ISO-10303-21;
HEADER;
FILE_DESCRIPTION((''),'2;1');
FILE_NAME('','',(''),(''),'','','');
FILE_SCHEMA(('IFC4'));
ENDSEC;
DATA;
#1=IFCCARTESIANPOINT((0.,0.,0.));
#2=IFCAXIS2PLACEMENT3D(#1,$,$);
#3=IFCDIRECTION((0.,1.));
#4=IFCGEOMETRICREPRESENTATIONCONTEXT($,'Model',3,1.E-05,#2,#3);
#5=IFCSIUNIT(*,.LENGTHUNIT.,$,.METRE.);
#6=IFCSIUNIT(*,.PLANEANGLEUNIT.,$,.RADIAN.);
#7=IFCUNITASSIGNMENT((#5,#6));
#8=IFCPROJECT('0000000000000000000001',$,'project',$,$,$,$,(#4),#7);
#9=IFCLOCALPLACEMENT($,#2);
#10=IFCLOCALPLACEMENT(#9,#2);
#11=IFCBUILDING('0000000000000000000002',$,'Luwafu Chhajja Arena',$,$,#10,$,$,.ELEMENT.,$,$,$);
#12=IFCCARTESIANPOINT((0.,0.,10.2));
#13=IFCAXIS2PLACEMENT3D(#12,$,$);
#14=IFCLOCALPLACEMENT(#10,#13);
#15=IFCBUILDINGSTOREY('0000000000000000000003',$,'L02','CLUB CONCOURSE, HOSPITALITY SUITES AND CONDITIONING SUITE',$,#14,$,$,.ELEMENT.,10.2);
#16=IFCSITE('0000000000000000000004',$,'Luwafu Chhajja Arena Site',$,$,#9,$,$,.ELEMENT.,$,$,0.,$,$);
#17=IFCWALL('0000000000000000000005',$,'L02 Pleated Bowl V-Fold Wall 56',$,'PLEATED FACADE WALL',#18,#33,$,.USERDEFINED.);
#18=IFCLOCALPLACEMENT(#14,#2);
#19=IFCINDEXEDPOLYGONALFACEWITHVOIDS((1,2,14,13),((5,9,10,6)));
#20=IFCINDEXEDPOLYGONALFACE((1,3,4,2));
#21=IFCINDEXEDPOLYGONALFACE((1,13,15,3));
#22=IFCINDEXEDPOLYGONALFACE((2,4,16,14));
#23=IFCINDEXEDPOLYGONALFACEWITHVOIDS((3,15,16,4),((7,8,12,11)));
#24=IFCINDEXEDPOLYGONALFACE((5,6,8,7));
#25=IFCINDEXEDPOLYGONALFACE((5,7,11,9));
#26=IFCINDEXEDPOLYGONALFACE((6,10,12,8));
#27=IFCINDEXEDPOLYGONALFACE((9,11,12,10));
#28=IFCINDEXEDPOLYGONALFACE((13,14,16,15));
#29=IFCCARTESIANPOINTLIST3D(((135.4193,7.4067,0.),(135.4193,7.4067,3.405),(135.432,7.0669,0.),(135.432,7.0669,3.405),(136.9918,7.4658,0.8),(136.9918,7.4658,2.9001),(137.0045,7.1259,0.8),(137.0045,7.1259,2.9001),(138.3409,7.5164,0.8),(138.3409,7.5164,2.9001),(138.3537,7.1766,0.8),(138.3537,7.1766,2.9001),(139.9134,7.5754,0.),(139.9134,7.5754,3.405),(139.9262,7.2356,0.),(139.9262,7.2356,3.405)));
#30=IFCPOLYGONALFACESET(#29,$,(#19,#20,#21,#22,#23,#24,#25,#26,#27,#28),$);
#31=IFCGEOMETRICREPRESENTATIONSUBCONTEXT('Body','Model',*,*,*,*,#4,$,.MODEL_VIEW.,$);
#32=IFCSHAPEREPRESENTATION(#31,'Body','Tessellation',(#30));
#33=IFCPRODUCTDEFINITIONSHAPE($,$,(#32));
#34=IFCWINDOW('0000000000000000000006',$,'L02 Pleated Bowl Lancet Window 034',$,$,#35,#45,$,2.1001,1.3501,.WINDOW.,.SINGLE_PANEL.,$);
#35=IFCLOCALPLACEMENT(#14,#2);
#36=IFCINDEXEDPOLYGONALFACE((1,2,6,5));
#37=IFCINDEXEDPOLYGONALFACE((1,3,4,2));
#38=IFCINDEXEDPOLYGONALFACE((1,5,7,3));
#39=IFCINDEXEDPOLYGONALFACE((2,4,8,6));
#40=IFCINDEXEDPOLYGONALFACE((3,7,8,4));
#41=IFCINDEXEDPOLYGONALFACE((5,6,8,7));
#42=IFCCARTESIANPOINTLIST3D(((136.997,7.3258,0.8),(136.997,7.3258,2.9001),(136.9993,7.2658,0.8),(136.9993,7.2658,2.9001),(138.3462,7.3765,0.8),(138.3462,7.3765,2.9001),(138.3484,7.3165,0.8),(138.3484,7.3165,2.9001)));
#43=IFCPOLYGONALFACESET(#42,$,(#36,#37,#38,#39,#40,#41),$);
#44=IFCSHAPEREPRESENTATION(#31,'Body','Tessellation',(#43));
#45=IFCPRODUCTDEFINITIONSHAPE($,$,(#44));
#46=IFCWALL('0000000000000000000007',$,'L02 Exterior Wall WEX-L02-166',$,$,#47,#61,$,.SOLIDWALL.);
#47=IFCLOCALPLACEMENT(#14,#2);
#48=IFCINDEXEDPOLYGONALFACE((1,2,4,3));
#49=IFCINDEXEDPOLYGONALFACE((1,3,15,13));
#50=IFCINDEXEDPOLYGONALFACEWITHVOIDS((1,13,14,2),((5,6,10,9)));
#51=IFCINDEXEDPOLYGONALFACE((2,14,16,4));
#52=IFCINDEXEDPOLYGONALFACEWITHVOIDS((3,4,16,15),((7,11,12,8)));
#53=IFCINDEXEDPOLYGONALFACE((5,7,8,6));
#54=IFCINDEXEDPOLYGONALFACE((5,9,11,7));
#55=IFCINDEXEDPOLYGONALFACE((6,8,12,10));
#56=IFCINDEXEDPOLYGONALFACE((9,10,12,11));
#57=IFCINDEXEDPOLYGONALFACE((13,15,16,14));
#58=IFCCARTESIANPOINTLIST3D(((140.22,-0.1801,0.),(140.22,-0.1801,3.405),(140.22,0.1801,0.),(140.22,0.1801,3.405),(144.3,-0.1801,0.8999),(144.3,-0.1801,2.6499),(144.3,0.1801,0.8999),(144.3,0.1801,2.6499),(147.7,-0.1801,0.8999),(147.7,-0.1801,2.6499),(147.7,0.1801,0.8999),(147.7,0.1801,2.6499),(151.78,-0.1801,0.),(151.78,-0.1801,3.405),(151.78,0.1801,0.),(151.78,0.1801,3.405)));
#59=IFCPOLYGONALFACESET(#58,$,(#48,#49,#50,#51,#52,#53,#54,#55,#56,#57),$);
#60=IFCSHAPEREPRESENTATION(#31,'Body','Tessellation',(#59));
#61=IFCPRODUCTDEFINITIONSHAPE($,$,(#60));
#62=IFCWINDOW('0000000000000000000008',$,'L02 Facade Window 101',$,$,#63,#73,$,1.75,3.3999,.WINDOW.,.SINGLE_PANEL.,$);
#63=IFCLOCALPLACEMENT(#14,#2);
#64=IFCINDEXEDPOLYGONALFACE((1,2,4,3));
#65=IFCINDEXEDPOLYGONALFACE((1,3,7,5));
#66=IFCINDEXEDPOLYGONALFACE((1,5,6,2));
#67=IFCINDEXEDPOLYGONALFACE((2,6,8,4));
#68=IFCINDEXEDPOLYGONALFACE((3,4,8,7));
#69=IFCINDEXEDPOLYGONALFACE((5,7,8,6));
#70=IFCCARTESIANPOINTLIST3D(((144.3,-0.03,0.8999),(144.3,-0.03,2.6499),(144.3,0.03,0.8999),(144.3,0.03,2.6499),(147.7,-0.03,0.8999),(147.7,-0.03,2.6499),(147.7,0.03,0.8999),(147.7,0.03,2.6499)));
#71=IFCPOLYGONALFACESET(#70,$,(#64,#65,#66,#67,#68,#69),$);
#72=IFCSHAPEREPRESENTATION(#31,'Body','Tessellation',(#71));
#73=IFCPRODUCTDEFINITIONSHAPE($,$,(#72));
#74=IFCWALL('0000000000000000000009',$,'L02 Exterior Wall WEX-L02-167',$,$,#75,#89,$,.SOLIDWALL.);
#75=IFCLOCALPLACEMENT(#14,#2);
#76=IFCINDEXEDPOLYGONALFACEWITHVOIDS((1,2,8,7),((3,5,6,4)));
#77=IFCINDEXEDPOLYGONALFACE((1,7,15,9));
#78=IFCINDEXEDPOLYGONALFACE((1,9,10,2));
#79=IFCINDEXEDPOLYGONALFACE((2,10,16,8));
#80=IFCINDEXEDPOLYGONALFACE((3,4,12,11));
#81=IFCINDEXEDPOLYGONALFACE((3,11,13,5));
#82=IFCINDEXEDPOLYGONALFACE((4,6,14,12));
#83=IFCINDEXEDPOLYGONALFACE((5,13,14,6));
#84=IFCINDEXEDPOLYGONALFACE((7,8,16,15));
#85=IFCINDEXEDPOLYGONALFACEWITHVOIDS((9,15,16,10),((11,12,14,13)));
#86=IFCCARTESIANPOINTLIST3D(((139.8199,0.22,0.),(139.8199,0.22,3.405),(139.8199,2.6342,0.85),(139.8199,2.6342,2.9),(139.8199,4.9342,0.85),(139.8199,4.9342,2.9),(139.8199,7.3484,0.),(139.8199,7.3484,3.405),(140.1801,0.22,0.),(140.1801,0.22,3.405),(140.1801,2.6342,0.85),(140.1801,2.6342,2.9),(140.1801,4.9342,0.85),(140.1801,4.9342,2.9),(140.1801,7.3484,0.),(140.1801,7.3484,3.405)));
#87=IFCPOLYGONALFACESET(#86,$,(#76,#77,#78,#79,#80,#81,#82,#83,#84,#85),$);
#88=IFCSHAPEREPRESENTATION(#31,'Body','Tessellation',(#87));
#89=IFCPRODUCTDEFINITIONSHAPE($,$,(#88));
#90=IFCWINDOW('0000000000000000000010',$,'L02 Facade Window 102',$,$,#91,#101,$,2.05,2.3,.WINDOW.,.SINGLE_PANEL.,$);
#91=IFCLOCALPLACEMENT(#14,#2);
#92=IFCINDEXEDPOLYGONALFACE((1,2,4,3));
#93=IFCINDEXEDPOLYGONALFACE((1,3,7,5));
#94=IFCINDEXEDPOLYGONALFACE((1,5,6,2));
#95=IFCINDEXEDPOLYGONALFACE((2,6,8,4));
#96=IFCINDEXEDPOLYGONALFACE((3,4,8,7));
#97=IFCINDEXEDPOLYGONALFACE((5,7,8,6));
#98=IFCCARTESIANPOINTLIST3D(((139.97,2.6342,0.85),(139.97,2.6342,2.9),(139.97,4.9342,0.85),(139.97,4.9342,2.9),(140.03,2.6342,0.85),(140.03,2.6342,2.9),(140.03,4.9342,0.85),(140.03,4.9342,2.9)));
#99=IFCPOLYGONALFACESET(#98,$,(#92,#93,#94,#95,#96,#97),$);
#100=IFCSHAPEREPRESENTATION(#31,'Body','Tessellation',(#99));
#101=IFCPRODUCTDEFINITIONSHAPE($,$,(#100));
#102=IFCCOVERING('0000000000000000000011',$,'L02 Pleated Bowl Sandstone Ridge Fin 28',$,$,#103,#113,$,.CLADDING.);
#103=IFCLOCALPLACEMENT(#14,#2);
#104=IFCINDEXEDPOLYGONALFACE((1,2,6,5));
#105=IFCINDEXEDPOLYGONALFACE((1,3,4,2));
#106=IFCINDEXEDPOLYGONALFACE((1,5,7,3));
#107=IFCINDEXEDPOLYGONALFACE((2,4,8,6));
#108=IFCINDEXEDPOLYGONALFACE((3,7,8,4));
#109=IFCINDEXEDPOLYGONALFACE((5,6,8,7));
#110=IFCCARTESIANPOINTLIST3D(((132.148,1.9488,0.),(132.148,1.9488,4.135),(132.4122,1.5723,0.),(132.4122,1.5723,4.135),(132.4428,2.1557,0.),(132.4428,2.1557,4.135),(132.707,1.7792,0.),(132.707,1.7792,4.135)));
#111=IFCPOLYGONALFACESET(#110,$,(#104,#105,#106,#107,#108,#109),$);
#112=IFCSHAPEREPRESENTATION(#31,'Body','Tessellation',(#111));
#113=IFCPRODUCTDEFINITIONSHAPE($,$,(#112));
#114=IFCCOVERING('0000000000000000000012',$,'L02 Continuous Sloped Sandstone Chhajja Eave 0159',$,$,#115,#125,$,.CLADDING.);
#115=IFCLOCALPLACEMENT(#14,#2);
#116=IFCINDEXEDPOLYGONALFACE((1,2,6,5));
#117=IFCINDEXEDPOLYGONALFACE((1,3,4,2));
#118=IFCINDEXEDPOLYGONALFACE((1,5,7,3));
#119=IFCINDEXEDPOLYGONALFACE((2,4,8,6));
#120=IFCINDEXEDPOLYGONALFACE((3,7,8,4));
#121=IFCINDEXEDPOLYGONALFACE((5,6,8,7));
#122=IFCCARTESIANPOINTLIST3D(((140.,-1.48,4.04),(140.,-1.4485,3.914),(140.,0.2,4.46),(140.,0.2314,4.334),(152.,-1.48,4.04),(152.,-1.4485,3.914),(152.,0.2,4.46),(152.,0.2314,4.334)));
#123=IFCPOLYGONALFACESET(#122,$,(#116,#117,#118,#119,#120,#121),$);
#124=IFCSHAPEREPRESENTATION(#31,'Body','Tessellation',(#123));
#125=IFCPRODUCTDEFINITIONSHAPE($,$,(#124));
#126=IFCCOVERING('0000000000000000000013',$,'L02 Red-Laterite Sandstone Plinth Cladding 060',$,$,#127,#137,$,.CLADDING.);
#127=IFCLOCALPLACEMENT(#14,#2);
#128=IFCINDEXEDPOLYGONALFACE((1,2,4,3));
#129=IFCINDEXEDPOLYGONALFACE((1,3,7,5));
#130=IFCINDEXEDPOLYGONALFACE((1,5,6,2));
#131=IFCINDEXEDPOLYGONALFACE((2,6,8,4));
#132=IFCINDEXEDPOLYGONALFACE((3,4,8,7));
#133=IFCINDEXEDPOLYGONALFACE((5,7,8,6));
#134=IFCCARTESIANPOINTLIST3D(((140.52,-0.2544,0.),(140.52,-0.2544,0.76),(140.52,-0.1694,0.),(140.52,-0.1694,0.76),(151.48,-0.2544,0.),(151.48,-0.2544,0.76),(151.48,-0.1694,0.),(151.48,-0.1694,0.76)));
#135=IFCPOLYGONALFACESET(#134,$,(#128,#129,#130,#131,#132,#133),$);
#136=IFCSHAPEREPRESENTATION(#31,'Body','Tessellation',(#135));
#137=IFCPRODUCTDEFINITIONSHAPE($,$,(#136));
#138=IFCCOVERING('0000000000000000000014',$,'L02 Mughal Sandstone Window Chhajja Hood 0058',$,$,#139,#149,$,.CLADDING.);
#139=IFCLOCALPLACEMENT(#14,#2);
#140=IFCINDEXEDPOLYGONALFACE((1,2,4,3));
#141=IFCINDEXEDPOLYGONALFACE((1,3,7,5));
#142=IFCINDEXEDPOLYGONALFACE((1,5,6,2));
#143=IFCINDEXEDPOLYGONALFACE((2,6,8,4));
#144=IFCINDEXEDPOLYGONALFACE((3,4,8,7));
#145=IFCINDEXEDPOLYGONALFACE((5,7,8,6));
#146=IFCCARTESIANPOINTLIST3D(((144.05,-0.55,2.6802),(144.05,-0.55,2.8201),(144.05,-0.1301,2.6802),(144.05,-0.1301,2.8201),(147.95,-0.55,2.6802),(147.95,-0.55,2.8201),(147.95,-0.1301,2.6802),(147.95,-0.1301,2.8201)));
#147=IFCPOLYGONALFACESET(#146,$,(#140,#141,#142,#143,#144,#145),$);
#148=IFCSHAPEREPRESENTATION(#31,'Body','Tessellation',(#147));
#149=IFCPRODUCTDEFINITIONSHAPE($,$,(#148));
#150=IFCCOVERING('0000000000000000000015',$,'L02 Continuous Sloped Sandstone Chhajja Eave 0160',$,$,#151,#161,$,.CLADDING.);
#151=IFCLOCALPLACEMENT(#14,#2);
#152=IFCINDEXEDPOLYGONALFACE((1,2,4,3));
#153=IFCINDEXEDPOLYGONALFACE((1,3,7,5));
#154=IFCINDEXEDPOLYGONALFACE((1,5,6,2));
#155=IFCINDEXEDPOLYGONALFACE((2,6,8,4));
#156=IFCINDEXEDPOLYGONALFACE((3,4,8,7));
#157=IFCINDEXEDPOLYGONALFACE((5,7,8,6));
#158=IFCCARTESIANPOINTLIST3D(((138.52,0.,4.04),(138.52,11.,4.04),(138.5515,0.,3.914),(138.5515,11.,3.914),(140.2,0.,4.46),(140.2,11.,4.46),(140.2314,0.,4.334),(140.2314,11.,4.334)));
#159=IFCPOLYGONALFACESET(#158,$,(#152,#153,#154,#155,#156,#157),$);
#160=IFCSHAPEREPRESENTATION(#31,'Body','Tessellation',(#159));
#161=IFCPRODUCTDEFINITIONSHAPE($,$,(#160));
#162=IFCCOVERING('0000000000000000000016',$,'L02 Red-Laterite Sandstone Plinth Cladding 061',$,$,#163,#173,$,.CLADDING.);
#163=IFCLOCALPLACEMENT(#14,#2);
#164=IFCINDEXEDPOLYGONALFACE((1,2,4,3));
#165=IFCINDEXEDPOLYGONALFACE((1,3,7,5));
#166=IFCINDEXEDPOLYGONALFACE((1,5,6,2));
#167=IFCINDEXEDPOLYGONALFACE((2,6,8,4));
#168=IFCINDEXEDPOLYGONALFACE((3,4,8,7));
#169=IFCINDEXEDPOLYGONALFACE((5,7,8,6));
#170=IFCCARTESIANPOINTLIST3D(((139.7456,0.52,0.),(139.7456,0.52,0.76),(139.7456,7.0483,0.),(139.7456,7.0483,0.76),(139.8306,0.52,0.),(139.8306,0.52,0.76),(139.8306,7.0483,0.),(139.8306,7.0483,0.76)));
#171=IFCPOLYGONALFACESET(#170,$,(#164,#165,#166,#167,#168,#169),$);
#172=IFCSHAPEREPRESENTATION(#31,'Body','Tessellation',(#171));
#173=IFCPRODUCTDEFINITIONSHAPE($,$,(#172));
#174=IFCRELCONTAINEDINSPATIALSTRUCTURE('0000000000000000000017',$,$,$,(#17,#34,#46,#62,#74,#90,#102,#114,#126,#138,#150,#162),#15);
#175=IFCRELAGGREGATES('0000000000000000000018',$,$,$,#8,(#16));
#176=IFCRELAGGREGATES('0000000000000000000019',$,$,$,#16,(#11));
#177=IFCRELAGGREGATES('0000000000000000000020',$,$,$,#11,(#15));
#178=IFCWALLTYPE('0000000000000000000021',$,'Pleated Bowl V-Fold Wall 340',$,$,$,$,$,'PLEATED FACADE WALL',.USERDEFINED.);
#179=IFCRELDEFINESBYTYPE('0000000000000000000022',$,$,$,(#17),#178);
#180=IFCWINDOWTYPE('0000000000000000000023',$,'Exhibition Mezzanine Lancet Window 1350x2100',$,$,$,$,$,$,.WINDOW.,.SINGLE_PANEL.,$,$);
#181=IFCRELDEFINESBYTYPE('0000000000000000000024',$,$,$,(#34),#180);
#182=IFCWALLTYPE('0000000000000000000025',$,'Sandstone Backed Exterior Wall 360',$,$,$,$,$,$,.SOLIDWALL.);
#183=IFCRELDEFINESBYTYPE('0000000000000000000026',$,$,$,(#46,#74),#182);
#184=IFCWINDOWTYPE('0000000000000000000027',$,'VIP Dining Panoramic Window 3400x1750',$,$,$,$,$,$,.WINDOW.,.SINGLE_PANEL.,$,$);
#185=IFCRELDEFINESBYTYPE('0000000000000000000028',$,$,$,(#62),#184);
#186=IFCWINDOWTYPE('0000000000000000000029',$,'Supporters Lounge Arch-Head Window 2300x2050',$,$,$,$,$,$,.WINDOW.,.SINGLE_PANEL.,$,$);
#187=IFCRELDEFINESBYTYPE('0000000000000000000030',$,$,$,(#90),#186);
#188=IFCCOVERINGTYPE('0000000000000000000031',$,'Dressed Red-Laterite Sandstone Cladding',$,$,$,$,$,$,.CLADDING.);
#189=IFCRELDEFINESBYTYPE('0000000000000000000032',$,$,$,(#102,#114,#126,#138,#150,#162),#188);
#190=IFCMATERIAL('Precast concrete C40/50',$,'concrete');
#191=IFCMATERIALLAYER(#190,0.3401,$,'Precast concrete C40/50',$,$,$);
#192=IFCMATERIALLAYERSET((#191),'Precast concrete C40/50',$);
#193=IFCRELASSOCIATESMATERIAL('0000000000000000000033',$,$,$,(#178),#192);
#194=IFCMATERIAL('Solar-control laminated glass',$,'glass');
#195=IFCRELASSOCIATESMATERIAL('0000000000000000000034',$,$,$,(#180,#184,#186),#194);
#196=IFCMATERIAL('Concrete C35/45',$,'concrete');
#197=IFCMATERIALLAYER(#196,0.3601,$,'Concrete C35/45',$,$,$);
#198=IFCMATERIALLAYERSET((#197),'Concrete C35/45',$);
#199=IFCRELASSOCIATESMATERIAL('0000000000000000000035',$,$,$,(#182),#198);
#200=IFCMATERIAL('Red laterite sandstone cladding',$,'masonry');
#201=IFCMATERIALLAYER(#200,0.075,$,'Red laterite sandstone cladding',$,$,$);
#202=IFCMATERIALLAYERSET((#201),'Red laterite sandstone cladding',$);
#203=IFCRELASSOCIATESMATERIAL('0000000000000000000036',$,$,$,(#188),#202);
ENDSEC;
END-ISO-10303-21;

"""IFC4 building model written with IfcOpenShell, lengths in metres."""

from ifc_helpers import new_model, si_unit, direction, frame, frame_2d, origin, origin_2d, place, context, subcontext, project, spatial, polyline, rectangle, outline, extrude, material, layer, layer_set, type_object, element, fill, save


model = new_model("IFC4")

# Units and contexts
model_context = context("Model", 3, precision=1e-05, world=origin(), true_north=direction((0.0, 1.0)))
body_context = subcontext(model_context, "Body", "Model", "MODEL_VIEW")
ifc_project = project(units=[si_unit("LENGTHUNIT", "METRE"), si_unit("PLANEANGLEUNIT", "RADIAN")], contexts=[model_context])

# Site, building, storey
site_placement = place(None, origin())
site = spatial("IfcSite", under=ifc_project, at=site_placement, Name="Luwafu Chhajja Arena Site", CompositionType="ELEMENT", RefElevation=0.0)
building_placement = place(site_placement, origin())
building = spatial("IfcBuilding", under=site, at=building_placement, Name="Luwafu Chhajja Arena", CompositionType="ELEMENT")
storey_placement = place(building_placement, frame((0.0, 0.0, 10.2)))
storey = spatial("IfcBuildingStorey", under=building, at=storey_placement, Name="L02", Description="CLUB CONCOURSE, HOSPITALITY SUITES AND CONDITIONING SUITE", CompositionType="ELEMENT", Elevation=10.2)

# Shared definitions
ifc_material_1 = material(Name="Concrete C35/45", Category="concrete")

# Walls, openings, windows
ifc_material_2 = material(Name="Precast concrete C40/50", Category="concrete")
ifc_layer_1 = layer(ifc_material_2, 0.3401, Name="Precast concrete C40/50")
ifc_layer_set_1 = layer_set([ifc_layer_1], Name="Precast concrete C40/50")
wall_type_1 = type_object("IfcWallType", Name="Pleated Bowl V-Fold Wall 340", ElementType="PLEATED FACADE WALL", PredefinedType="USERDEFINED", material=ifc_layer_set_1)
ifc_material_3 = material(Name="Solar-control laminated glass", Category="glass")
window_type_1 = type_object("IfcWindowType", Name="Exhibition Mezzanine Lancet Window 1350x2100", PartitioningType="SINGLE_PANEL", PredefinedType="WINDOW", material=ifc_material_3)
wall_1_placement = place(storey_placement, frame((135.4258, 7.2368, 0.0), z_axis=(0.0, 0.0, 1.0), x_axis=(0.999296, 0.037512, 0.0)))
wall_1 = element("IfcWall", 1, at=wall_1_placement, inside=storey, type_object=wall_type_1, Name="L02 Pleated Bowl V-Fold Wall 56", ObjectType="PLEATED FACADE WALL", PredefinedType="USERDEFINED", context=body_context, shape_type="SweptSolid", body=[
    extrude(rectangle(XDim=4.4973, YDim=0.3401, at=frame_2d((2.2485, 0.0))), origin(), (0.0, 0.0, 1.0), 3.405),
])
opening_1_placement = place(wall_1_placement, frame((1.5735, 0.0, 0.8)))
opening_1 = element("IfcOpeningElement", 2, at=opening_1_placement, cuts=wall_1, PredefinedType="OPENING", context=body_context, shape_type="SweptSolid", body=[
    extrude(rectangle(XDim=1.3501, YDim=2.1001, at=frame_2d((0.675, 1.05))), frame((0.0, 0.1799, 0.0), z_axis=(0.0, -1.0, 0.0), x_axis=(1.0, 0.0, 0.0)), (0.0, 0.0, 1.0), 0.3601),
])
window_1_placement = place(opening_1_placement, origin())
window_1 = element("IfcWindow", 3, at=window_1_placement, inside=storey, type_object=window_type_1, Name="L02 Pleated Bowl Lancet Window 034", OverallHeight=2.1001, OverallWidth=1.3501, PartitioningType="SINGLE_PANEL", PredefinedType="WINDOW", context=body_context, shape_type="SweptSolid", body=[
    extrude(rectangle(XDim=1.3501, YDim=2.1001, at=frame_2d((0.675, 1.05))), frame((0.0, 0.03, 0.0), z_axis=(0.0, -1.0, 0.0), x_axis=(1.0, 0.0, 0.0)), (0.0, 0.0, 1.0), 0.0601),
])
fill(opening_1, window_1)
ifc_layer_2 = layer(ifc_material_1, 0.3601, Name="Concrete C35/45")
ifc_layer_set_2 = layer_set([ifc_layer_2], Name="Concrete C35/45")
wall_type_2 = type_object("IfcWallType", Name="Sandstone Backed Exterior Wall 360", PredefinedType="SOLIDWALL", material=ifc_layer_set_2)
wall_2_placement = place(storey_placement, frame((140.22, 0.0, 0.0), z_axis=(0.0, 0.0, 1.0), x_axis=(1.0, 0.0, 0.0)))
wall_2 = element("IfcWall", 4, at=wall_2_placement, inside=storey, type_object=wall_type_2, Name="L02 Exterior Wall WEX-L02-166", PredefinedType="SOLIDWALL", context=body_context, shape_type="SweptSolid", body=[
    extrude(rectangle(XDim=11.5601, YDim=0.3601, at=frame_2d((5.78, 0.0))), origin(), (0.0, 0.0, 1.0), 3.405),
])
opening_2_placement = place(wall_2_placement, frame((4.0801, 0.0, 0.8999)))
opening_2 = element("IfcOpeningElement", 5, at=opening_2_placement, cuts=wall_2, PredefinedType="OPENING", context=body_context, shape_type="SweptSolid", body=[
    extrude(rectangle(XDim=3.3999, YDim=1.75, at=frame_2d((1.7, 0.875))), frame((0.0, 0.1899, 0.0), z_axis=(0.0, -1.0, 0.0), x_axis=(1.0, 0.0, 0.0)), (0.0, 0.0, 1.0), 0.3801),
])
window_type_2 = type_object("IfcWindowType", Name="VIP Dining Panoramic Window 3400x1750", PartitioningType="SINGLE_PANEL", PredefinedType="WINDOW", material=ifc_material_3)
window_2_placement = place(opening_2_placement, origin())
window_2 = element("IfcWindow", 6, at=window_2_placement, inside=storey, type_object=window_type_2, Name="L02 Facade Window 101", OverallHeight=1.75, OverallWidth=3.3999, PartitioningType="SINGLE_PANEL", PredefinedType="WINDOW", context=body_context, shape_type="SweptSolid", body=[
    extrude(rectangle(XDim=3.3999, YDim=1.75, at=frame_2d((1.7, 0.875))), frame((0.0, 0.03, 0.0), z_axis=(0.0, -1.0, 0.0), x_axis=(1.0, 0.0, 0.0)), (0.0, 0.0, 1.0), 0.0601),
])
fill(opening_2, window_2)
wall_3_placement = place(storey_placement, frame((140.0, 0.22, 0.0), z_axis=(0.0, 0.0, 1.0), x_axis=(0.0, 1.0, 0.0)))
wall_3 = element("IfcWall", 7, at=wall_3_placement, inside=storey, type_object=wall_type_2, Name="L02 Exterior Wall WEX-L02-167", PredefinedType="SOLIDWALL", context=body_context, shape_type="SweptSolid", body=[
    extrude(rectangle(XDim=7.1284, YDim=0.3601, at=frame_2d((3.5642, 0.0))), origin(), (0.0, 0.0, 1.0), 3.405),
])
opening_3_placement = place(wall_3_placement, frame((2.4143, 0.0, 0.8501)))
opening_3 = element("IfcOpeningElement", 8, at=opening_3_placement, cuts=wall_3, PredefinedType="OPENING", context=body_context, shape_type="SweptSolid", body=[
    extrude(rectangle(XDim=2.3, YDim=2.05, at=frame_2d((1.1499, 1.0249))), frame((0.0, 0.1899, 0.0), z_axis=(0.0, -1.0, 0.0), x_axis=(1.0, 0.0, 0.0)), (0.0, 0.0, 1.0), 0.3801),
])
window_type_3 = type_object("IfcWindowType", Name="Supporters Lounge Arch-Head Window 2300x2050", PartitioningType="SINGLE_PANEL", PredefinedType="WINDOW", material=ifc_material_3)
window_3_placement = place(opening_3_placement, origin())
window_3 = element("IfcWindow", 9, at=window_3_placement, inside=storey, type_object=window_type_3, Name="L02 Facade Window 102", OverallHeight=2.05, OverallWidth=2.3, PartitioningType="SINGLE_PANEL", PredefinedType="WINDOW", context=body_context, shape_type="SweptSolid", body=[
    extrude(rectangle(XDim=2.3, YDim=2.05, at=frame_2d((1.1499, 1.0249))), frame((0.0, 0.03, 0.0), z_axis=(0.0, -1.0, 0.0), x_axis=(1.0, 0.0, 0.0)), (0.0, 0.0, 1.0), 0.0601),
])
fill(opening_3, window_3)

# Coverings
ifc_material_4 = material(Name="Red laterite sandstone cladding", Category="masonry")
ifc_layer_3 = layer(ifc_material_4, 0.075, Name="Red laterite sandstone cladding")
ifc_layer_set_3 = layer_set([ifc_layer_3], Name="Red laterite sandstone cladding")
covering_type = type_object("IfcCoveringType", Name="Dressed Red-Laterite Sandstone Cladding", PredefinedType="CLADDING", material=ifc_layer_set_3)
covering_1_placement = place(storey_placement, frame((132.4275, 1.864, 0.0), z_axis=(0.0, 0.0, 1.0), x_axis=(0.574411, -0.818567, 0.0)))
element("IfcCovering", 10, at=covering_1_placement, inside=storey, type_object=covering_type, Name="L02 Pleated Bowl Sandstone Ridge Fin 28", PredefinedType="CLADDING", context=body_context, shape_type="SweptSolid", body=[
    extrude(rectangle(XDim=0.46, YDim=0.3601, at=origin_2d()), origin(), (0.0, 0.0, 1.0), 4.135),
])
covering_2_placement = place(storey_placement, frame((140.0, 0.2, 4.46), z_axis=(0.0, -0.242502, 0.970151), x_axis=(1.0, 0.0, 0.0)))
element("IfcCovering", 11, at=covering_2_placement, inside=storey, type_object=covering_type, Name="L02 Continuous Sloped Sandstone Chhajja Eave 0159", PredefinedType="CLADDING", context=body_context, shape_type="SweptSolid", body=[
    extrude(outline(polyline([(0.0, 0.0), (12.0, 0.0), (12.0, -1.7316), (0.0, -1.7316), (0.0, 0.0)])), origin(), (0.0, 0.0, -1.0), 0.1299),
])
covering_3_placement = place(storey_placement, frame((146.0, -0.2119, 0.0), z_axis=(0.0, 0.0, 1.0), x_axis=(1.0, 0.0, 0.0)))
element("IfcCovering", 12, at=covering_3_placement, inside=storey, type_object=covering_type, Name="L02 Red-Laterite Sandstone Plinth Cladding 060", PredefinedType="CLADDING", context=body_context, shape_type="SweptSolid", body=[
    extrude(rectangle(XDim=10.96, YDim=0.085, at=origin_2d()), origin(), (0.0, 0.0, 1.0), 0.76),
])
covering_4_placement = place(storey_placement, frame((146.0, -0.3401, 2.6802), z_axis=(0.0, 0.0, 1.0), x_axis=(1.0, 0.0, 0.0)))
element("IfcCovering", 13, at=covering_4_placement, inside=storey, type_object=covering_type, Name="L02 Mughal Sandstone Window Chhajja Hood 0058", PredefinedType="CLADDING", context=body_context, shape_type="SweptSolid", body=[
    extrude(rectangle(XDim=3.8999, YDim=0.4199, at=origin_2d()), origin(), (0.0, 0.0, 1.0), 0.1399),
])
covering_5_placement = place(storey_placement, frame((140.2, 0.0, 4.46), z_axis=(-0.242502, 0.0, 0.970151), x_axis=(0.0, 1.0, 0.0)))
element("IfcCovering", 14, at=covering_5_placement, inside=storey, type_object=covering_type, Name="L02 Continuous Sloped Sandstone Chhajja Eave 0160", PredefinedType="CLADDING", context=body_context, shape_type="SweptSolid", body=[
    extrude(outline(polyline([(0.0, 0.0), (11.0, 0.0), (11.0, 1.7316), (0.0, 1.7316), (0.0, 0.0)])), origin(), (0.0, 0.0, -1.0), 0.1299),
])
covering_6_placement = place(storey_placement, frame((139.7881, 3.7842, 0.0), z_axis=(0.0, 0.0, 1.0), x_axis=(0.0, 1.0, 0.0)))
element("IfcCovering", 15, at=covering_6_placement, inside=storey, type_object=covering_type, Name="L02 Red-Laterite Sandstone Plinth Cladding 061", PredefinedType="CLADDING", context=body_context, shape_type="SweptSolid", body=[
    extrude(rectangle(XDim=6.5283, YDim=0.085, at=origin_2d()), origin(), (0.0, 0.0, 1.0), 0.76),
])

save(model, "model.ifc")
